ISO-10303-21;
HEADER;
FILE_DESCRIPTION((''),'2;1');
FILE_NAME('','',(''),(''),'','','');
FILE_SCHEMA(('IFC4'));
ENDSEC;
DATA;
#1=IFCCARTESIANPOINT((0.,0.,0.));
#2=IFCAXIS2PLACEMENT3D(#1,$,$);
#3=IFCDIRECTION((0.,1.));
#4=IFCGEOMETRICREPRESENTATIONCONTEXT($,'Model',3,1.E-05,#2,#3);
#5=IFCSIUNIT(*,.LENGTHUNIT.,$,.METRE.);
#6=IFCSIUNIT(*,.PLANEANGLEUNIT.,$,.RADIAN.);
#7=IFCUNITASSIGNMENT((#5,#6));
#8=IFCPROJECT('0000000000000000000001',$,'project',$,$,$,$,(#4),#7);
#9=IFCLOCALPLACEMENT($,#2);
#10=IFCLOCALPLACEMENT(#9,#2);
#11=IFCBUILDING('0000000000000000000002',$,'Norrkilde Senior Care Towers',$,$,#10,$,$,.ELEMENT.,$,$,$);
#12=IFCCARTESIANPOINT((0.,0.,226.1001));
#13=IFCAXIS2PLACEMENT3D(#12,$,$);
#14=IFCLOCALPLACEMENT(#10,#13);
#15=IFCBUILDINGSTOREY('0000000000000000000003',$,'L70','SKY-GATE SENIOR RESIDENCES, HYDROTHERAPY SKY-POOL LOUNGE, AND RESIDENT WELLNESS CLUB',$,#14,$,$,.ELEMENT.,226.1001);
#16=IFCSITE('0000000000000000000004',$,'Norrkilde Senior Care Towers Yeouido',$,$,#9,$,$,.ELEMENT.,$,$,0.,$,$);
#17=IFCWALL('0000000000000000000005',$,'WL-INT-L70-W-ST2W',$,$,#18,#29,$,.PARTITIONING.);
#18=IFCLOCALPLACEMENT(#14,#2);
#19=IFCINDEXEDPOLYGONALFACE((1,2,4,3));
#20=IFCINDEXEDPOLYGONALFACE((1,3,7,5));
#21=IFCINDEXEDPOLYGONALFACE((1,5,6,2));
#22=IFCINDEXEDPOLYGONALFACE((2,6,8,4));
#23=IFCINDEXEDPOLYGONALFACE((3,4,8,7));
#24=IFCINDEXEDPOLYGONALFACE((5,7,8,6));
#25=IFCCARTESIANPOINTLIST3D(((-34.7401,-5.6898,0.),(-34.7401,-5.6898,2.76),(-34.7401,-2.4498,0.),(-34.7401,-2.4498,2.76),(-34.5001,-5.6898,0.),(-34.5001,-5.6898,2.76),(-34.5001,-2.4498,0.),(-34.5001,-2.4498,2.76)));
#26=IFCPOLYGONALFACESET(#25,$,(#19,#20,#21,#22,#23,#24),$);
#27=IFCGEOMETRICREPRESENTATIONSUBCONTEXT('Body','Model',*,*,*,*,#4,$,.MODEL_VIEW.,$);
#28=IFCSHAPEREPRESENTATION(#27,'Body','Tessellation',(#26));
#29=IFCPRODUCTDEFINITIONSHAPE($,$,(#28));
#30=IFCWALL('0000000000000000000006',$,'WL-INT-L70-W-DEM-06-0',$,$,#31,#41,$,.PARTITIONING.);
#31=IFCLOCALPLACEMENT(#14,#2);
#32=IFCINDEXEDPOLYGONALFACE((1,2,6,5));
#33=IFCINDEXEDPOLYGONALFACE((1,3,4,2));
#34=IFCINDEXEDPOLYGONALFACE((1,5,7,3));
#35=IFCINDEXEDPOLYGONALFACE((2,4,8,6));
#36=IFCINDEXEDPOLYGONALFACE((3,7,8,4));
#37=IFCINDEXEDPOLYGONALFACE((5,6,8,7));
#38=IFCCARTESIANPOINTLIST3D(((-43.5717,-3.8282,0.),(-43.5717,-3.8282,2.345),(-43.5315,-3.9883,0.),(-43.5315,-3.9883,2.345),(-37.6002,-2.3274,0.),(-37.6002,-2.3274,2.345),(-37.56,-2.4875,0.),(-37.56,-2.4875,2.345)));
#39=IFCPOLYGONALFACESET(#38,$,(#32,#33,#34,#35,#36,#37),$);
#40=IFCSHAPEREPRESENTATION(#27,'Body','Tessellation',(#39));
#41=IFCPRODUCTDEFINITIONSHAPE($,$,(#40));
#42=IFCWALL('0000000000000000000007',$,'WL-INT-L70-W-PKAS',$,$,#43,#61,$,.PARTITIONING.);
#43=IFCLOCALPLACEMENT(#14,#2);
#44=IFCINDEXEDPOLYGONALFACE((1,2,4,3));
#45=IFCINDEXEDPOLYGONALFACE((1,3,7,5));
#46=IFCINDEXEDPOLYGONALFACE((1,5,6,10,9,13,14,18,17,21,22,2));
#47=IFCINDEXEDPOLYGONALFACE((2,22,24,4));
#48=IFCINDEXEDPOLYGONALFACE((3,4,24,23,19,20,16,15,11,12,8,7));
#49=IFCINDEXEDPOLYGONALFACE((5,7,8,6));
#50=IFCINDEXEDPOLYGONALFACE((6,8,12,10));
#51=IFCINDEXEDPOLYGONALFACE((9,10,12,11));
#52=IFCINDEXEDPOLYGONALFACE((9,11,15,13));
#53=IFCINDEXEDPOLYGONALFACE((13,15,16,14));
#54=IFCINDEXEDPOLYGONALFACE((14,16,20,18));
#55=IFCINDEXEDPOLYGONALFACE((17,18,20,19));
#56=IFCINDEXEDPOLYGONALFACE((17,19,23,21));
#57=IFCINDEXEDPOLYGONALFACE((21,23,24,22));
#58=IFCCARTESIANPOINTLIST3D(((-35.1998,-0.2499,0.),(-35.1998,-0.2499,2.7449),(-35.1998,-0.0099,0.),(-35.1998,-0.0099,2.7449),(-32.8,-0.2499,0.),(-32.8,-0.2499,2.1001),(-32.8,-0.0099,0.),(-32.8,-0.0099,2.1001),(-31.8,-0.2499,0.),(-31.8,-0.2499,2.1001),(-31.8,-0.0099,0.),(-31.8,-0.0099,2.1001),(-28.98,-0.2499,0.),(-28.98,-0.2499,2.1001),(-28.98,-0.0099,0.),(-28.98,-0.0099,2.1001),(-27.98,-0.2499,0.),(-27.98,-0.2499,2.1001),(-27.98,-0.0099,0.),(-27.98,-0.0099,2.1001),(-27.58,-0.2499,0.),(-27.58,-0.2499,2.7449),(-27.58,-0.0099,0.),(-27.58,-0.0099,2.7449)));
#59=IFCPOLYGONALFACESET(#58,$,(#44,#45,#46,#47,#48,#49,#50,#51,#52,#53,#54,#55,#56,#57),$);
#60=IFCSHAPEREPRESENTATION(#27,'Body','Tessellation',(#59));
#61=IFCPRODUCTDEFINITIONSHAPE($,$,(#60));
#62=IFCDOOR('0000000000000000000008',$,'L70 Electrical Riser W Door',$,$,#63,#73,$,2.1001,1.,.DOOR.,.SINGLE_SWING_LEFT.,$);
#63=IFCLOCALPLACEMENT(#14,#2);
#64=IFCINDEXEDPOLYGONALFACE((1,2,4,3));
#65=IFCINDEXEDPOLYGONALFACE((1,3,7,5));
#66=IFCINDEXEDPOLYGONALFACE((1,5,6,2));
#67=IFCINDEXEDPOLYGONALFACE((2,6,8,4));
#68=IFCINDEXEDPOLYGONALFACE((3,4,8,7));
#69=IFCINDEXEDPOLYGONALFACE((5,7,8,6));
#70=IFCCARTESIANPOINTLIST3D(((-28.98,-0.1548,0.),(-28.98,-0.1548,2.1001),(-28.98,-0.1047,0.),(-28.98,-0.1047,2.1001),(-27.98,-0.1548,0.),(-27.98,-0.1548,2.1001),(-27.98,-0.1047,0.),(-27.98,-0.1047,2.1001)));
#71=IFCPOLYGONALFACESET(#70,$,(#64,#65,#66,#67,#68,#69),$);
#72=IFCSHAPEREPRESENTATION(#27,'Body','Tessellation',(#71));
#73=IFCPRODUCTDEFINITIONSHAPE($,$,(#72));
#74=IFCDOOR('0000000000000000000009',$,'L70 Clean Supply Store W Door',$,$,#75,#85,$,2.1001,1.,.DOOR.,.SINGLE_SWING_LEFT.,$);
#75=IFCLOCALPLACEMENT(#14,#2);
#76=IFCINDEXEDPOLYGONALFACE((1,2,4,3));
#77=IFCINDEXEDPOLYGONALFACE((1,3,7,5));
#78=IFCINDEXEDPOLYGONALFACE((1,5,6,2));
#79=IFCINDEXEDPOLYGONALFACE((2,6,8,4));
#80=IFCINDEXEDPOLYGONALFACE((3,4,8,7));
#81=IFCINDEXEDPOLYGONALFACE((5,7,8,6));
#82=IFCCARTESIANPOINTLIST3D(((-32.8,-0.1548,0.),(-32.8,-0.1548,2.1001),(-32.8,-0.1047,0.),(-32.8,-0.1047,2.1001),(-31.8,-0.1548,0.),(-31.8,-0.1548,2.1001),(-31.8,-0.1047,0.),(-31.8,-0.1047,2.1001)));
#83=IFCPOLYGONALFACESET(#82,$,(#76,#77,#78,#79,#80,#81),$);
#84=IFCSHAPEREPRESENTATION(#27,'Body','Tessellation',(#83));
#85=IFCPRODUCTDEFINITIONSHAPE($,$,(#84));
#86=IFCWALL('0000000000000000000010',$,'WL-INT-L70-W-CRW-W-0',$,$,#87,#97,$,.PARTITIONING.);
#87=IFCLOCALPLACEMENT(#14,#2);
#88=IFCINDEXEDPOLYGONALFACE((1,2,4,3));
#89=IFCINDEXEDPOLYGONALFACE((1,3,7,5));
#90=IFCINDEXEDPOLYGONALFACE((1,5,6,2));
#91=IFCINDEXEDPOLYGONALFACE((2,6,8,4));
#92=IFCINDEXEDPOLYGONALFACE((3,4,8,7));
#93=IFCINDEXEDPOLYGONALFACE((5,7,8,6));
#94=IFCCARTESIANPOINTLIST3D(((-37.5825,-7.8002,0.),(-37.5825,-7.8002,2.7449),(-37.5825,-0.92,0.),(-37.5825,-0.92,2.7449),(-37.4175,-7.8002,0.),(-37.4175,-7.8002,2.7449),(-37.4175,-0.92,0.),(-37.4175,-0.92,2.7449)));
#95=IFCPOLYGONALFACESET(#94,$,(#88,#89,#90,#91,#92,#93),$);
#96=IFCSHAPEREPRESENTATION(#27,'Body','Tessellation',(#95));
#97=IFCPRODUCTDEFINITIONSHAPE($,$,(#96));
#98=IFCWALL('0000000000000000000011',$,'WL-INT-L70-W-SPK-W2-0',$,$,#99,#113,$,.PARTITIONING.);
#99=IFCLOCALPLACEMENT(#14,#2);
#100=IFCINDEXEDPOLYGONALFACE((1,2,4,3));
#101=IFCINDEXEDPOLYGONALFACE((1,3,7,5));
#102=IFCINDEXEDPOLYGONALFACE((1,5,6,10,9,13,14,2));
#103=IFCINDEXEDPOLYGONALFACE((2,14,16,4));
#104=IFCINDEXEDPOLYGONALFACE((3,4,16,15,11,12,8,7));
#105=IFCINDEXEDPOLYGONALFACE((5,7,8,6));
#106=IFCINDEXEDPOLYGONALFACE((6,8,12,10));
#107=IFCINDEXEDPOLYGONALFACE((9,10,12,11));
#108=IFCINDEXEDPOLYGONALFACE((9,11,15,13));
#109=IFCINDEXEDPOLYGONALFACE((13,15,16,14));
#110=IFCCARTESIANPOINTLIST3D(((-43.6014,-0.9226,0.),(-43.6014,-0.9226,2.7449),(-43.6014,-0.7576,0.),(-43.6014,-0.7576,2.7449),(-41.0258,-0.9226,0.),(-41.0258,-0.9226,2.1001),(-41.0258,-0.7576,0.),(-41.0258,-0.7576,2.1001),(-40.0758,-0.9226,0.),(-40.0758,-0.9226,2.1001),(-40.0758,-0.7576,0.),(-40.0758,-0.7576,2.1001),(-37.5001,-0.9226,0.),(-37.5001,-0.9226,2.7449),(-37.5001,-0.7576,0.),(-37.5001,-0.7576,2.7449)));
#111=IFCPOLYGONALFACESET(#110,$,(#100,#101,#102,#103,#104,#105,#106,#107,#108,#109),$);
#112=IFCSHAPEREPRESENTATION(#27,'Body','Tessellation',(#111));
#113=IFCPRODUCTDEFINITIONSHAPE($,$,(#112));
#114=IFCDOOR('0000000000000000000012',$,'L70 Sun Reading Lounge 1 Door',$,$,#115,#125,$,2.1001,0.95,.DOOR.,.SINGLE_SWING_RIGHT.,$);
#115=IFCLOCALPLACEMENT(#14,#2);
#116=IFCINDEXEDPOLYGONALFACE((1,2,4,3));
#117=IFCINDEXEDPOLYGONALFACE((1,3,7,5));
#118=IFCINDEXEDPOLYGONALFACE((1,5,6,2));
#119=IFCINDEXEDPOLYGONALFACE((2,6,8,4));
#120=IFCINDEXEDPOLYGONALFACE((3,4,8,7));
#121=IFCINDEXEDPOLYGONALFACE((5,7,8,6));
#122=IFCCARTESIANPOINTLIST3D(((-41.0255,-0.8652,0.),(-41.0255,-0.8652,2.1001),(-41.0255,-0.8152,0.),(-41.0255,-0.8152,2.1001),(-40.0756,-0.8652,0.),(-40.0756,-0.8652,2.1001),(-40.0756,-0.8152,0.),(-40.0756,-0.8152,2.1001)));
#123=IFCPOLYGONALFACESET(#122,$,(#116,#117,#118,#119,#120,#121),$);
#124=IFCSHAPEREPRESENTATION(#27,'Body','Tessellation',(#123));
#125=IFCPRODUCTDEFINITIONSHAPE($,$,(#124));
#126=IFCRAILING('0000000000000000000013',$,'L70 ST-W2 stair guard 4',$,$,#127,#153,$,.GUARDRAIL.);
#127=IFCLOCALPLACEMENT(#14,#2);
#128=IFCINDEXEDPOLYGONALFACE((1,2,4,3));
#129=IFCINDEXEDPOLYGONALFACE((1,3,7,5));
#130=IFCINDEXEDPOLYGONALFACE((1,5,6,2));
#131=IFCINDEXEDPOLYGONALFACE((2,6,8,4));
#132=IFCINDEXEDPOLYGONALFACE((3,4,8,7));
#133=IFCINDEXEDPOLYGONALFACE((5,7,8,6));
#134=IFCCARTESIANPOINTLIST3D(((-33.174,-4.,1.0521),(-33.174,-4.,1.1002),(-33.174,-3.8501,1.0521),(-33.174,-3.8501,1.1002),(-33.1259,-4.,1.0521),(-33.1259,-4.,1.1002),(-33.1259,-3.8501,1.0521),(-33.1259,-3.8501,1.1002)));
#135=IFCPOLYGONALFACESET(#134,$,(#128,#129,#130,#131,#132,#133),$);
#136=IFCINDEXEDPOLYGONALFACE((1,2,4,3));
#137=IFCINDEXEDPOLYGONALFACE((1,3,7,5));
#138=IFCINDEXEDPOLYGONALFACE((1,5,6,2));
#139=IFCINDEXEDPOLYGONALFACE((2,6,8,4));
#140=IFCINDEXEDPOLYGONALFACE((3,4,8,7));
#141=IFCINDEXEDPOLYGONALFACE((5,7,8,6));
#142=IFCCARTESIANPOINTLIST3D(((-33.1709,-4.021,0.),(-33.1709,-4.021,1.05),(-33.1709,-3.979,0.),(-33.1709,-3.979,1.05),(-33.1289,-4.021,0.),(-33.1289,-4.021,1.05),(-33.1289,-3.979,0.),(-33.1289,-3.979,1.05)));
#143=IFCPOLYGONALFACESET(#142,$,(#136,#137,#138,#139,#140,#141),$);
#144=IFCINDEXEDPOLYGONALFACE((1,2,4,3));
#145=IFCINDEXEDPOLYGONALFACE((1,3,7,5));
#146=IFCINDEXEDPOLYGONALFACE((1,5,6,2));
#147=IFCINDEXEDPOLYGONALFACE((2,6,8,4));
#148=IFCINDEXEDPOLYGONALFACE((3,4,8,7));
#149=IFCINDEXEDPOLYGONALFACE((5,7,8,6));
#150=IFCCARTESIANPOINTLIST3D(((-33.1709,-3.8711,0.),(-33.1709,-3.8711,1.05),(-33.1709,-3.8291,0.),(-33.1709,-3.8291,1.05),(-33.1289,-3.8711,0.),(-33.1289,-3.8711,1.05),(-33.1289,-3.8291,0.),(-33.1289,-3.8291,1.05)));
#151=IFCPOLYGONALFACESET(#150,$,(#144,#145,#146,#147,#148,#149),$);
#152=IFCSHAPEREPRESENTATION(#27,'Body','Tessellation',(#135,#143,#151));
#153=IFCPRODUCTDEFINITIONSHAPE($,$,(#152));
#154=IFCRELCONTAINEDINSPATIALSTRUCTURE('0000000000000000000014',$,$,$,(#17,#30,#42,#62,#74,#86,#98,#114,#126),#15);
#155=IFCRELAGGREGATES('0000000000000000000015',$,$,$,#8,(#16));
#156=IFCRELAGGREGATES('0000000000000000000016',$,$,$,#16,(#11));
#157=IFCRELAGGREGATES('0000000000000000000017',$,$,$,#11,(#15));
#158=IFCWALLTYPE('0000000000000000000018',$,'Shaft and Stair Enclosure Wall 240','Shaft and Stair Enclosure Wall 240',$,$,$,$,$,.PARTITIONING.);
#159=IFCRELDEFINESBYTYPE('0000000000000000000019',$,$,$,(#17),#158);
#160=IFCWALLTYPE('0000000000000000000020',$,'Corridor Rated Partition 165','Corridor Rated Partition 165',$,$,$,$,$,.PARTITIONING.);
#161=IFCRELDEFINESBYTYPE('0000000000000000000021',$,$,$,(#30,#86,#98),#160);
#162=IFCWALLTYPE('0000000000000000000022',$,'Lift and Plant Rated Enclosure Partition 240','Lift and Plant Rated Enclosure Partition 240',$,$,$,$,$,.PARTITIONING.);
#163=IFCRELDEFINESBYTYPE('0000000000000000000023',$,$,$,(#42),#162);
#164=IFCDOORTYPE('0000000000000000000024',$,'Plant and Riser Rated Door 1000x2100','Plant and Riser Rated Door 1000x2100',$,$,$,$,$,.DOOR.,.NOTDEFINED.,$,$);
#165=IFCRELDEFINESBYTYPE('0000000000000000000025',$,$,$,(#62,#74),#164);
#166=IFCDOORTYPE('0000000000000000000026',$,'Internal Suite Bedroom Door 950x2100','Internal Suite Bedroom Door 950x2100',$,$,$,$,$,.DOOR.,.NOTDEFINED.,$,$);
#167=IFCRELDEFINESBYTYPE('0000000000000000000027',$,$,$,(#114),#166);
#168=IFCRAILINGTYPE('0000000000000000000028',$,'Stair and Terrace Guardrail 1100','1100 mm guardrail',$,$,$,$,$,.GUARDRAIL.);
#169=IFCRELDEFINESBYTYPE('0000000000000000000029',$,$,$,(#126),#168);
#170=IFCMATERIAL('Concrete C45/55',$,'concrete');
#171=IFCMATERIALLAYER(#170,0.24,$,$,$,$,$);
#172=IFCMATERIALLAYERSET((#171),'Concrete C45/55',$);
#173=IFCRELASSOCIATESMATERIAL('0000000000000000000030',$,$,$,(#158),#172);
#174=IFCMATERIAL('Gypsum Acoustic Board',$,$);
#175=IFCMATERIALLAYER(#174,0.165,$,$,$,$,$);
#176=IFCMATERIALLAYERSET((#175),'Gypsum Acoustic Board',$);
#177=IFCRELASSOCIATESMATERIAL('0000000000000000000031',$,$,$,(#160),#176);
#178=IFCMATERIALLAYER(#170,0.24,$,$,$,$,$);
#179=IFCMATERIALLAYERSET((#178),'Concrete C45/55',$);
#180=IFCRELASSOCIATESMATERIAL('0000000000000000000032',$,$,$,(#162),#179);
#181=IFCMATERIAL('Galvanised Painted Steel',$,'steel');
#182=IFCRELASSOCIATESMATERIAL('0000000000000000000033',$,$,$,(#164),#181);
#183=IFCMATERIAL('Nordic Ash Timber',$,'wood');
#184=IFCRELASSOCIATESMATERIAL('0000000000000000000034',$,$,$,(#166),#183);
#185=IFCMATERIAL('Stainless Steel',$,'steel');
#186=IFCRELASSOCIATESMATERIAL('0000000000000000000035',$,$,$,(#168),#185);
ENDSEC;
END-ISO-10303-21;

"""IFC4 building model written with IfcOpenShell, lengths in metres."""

from ifc_helpers import new_model, si_unit, direction, frame, frame_2d, origin, origin_2d, place, context, subcontext, project, spatial, rectangle, extrude, source, transform, mapped, material, layer, layer_set, type_object, type_shapes, element, fill, save


model = new_model("IFC4")

# Units and contexts
model_context = context("Model", 3, precision=1e-05, world=origin(), true_north=direction((0.0, 1.0)))
body_context = subcontext(model_context, "Body", "Model", "MODEL_VIEW")
ifc_project = project(units=[si_unit("LENGTHUNIT", "METRE"), si_unit("PLANEANGLEUNIT", "RADIAN")], contexts=[model_context])

# Site, building, storey
site_placement = place(None, origin())
site = spatial("IfcSite", under=ifc_project, at=site_placement, Name="Norrkilde Senior Care Towers Yeouido", CompositionType="ELEMENT", RefElevation=0.0)
building_placement = place(site_placement, origin())
building = spatial("IfcBuilding", under=site, at=building_placement, Name="Norrkilde Senior Care Towers", CompositionType="ELEMENT")
storey_placement = place(building_placement, frame((0.0, 0.0, 226.1001)))
storey = spatial("IfcBuildingStorey", under=building, at=storey_placement, Name="L70", Description="SKY-GATE SENIOR RESIDENCES, HYDROTHERAPY SKY-POOL LOUNGE, AND RESIDENT WELLNESS CLUB", CompositionType="ELEMENT", Elevation=226.1001)

# Shared definitions
ifc_material_1 = material(Name="Galvanised Painted Steel", Category="steel")
ifc_material_2 = material(Name="Concrete C45/55", Category="concrete")
ifc_layer_1 = layer(ifc_material_2, 0.24)
ifc_layer_set_1 = layer_set([ifc_layer_1], Name="Concrete C45/55")
wall_type_1 = type_object("IfcWallType", Name="Shaft and Stair Enclosure Wall 240", Description="Shaft and Stair Enclosure Wall 240", PredefinedType="PARTITIONING", material=ifc_layer_set_1)

# Walls
shared_shape_1 = source(origin(), body_context, "Body", "SweptSolid", [
    extrude(rectangle(XDim=3.24, YDim=0.24, at=frame_2d((1.6201, 0.0))), origin(), (0.0, 0.0, 1.0), 2.76),
])
wall_1_placement = place(storey_placement, frame((-34.6201, -5.6899, 0.0), z_axis=(0.0, 0.0, 1.0), x_axis=(0.0, 1.0, 0.0)))
element("IfcWall", 1, at=wall_1_placement, inside=storey, type_object=wall_type_1, Name="WL-INT-L70-W-ST2W", PredefinedType="PARTITIONING", context=body_context, shape_type="MappedRepresentation", body=[
    mapped(shared_shape_1, transform((0.0, 0.0, 0.0), x_axis=(1.0, 0.0, 0.0), y_axis=(0.0, 1.0, 0.0), z_axis=(0.0, 0.0, 1.0), scale=1.0)),
])
ifc_material_3 = material(Name="Gypsum Acoustic Board")
ifc_layer_2 = layer(ifc_material_3, 0.165)
ifc_layer_set_2 = layer_set([ifc_layer_2], Name="Gypsum Acoustic Board")
wall_type_2 = type_object("IfcWallType", Name="Corridor Rated Partition 165", Description="Corridor Rated Partition 165", PredefinedType="PARTITIONING", material=ifc_layer_set_2)
shared_shape_2 = source(origin(), body_context, "Body", "SweptSolid", [
    extrude(rectangle(XDim=6.1572, YDim=0.165, at=frame_2d((3.0786, 0.0))), origin(), (0.0, 0.0, 1.0), 2.345),
])
wall_2_placement = place(storey_placement, frame((-37.5801, -2.4075, 0.0), z_axis=(0.0, 0.0, 1.0), x_axis=(-0.969841, -0.243739, 0.0)))
element("IfcWall", 2, at=wall_2_placement, inside=storey, type_object=wall_type_2, Name="WL-INT-L70-W-DEM-06-0", PredefinedType="PARTITIONING", context=body_context, shape_type="MappedRepresentation", body=[
    mapped(shared_shape_2, transform((0.0, 0.0, 0.0), x_axis=(1.0, 0.0, 0.0), y_axis=(0.0, 1.0, 0.0), z_axis=(0.0, 0.0, 1.0), scale=1.0)),
])

# Wall, openings, doors
ifc_layer_3 = layer(ifc_material_2, 0.24)
ifc_layer_set_3 = layer_set([ifc_layer_3], Name="Concrete C45/55")
wall_type_3 = type_object("IfcWallType", Name="Lift and Plant Rated Enclosure Partition 240", Description="Lift and Plant Rated Enclosure Partition 240", PredefinedType="PARTITIONING", material=ifc_layer_set_3)
shared_shape_3 = source(origin(), body_context, "Body", "SweptSolid", [
    extrude(rectangle(XDim=7.6199, YDim=0.24, at=frame_2d((3.8101, 0.0))), origin(), (0.0, 0.0, 1.0), 2.7449),
])
type_shapes(wall_type_3, [shared_shape_3])
wall_3_placement = place(storey_placement, frame((-35.2, -0.1299, 0.0), z_axis=(0.0, 0.0, 1.0), x_axis=(1.0, 0.0, 0.0)))
wall_3 = element("IfcWall", 3, at=wall_3_placement, inside=storey, type_object=wall_type_3, Name="WL-INT-L70-W-PKAS", PredefinedType="PARTITIONING", context=body_context, shape_type="MappedRepresentation", body=[
    mapped(shared_shape_3, transform((0.0, 0.0, 0.0), x_axis=(1.0, 0.0, 0.0), y_axis=(0.0, 1.0, 0.0), z_axis=(0.0, 0.0, 1.0), scale=1.0)),
])
opening_1_placement = place(wall_3_placement, frame((6.22, 0.0, 0.0)))
opening_1 = element("IfcOpeningElement", 4, at=opening_1_placement, cuts=wall_3, PredefinedType="OPENING", context=body_context, shape_type="SweptSolid", body=[
    extrude(rectangle(XDim=1.0, YDim=2.1001, at=frame_2d((0.5, 1.05))), frame((0.0, 0.1299, 0.0), z_axis=(0.0, -1.0, 0.0), x_axis=(1.0, 0.0, 0.0)), (0.0, 0.0, 1.0), 0.26),
])
opening_2_placement = place(wall_3_placement, frame((2.3999, 0.0, 0.0)))
opening_2 = element("IfcOpeningElement", 5, at=opening_2_placement, cuts=wall_3, PredefinedType="OPENING", context=body_context, shape_type="SweptSolid", body=[
    extrude(rectangle(XDim=1.0, YDim=2.1001, at=frame_2d((0.5, 1.05))), frame((0.0, 0.1299, 0.0), z_axis=(0.0, -1.0, 0.0), x_axis=(1.0, 0.0, 0.0)), (0.0, 0.0, 1.0), 0.26),
])
door_type_1 = type_object("IfcDoorType", Name="Plant and Riser Rated Door 1000x2100", Description="Plant and Riser Rated Door 1000x2100", OperationType="NOTDEFINED", PredefinedType="DOOR", material=ifc_material_1)
shared_shape_4 = source(origin(), body_context, "Body", "SweptSolid", [
    extrude(rectangle(XDim=1.0, YDim=2.1001, at=frame_2d((0.5, 1.05))), frame((0.0, 0.0249, 0.0), z_axis=(0.0, -1.0, 0.0), x_axis=(1.0, 0.0, 0.0)), (0.0, 0.0, 1.0), 0.05),
])
type_shapes(door_type_1, [shared_shape_4])
door_1_placement = place(opening_1_placement, frame((1.0, 0.0, 0.0), z_axis=(0.0, 0.0, 1.0), x_axis=(-1.0, 0.0, 0.0)))
door_1 = element("IfcDoor", 6, at=door_1_placement, inside=storey, type_object=door_type_1, Name="L70 Electrical Riser W Door", OperationType="SINGLE_SWING_LEFT", OverallHeight=2.1001, OverallWidth=1.0, PredefinedType="DOOR", context=body_context, shape_type="MappedRepresentation", body=[
    mapped(shared_shape_4, transform((0.0, 0.0, 0.0), x_axis=(1.0, 0.0, 0.0), y_axis=(0.0, 1.0, 0.0), z_axis=(0.0, 0.0, 1.0), scale=1.0)),
])
fill(opening_1, door_1)
door_2_placement = place(opening_2_placement, frame((1.0, 0.0, 0.0), z_axis=(0.0, 0.0, 1.0), x_axis=(-1.0, 0.0, 0.0)))
door_2 = element("IfcDoor", 7, at=door_2_placement, inside=storey, type_object=door_type_1, Name="L70 Clean Supply Store W Door", OperationType="SINGLE_SWING_LEFT", OverallHeight=2.1001, OverallWidth=1.0, PredefinedType="DOOR", context=body_context, shape_type="MappedRepresentation", body=[
    mapped(shared_shape_4, transform((0.0, 0.0, 0.0), x_axis=(1.0, 0.0, 0.0), y_axis=(0.0, 1.0, 0.0), z_axis=(0.0, 0.0, 1.0), scale=1.0)),
])
fill(opening_2, door_2)

# Wall
shared_shape_5 = source(origin(), body_context, "Body", "SweptSolid", [
    extrude(rectangle(XDim=6.8801, YDim=0.165, at=frame_2d((3.4399, 0.0))), origin(), (0.0, 0.0, 1.0), 2.7449),
])
wall_4_placement = place(storey_placement, frame((-37.5, -7.8, 0.0), z_axis=(0.0, 0.0, 1.0), x_axis=(0.0, 1.0, 0.0)))
element("IfcWall", 8, at=wall_4_placement, inside=storey, type_object=wall_type_2, Name="WL-INT-L70-W-CRW-W-0", PredefinedType="PARTITIONING", context=body_context, shape_type="MappedRepresentation", body=[
    mapped(shared_shape_5, transform((0.0, 0.0, 0.0), x_axis=(1.0, 0.0, 0.0), y_axis=(0.0, 1.0, 0.0), z_axis=(0.0, 0.0, 1.0), scale=1.0)),
])

# Wall, opening, door
shared_shape_6 = source(origin(), body_context, "Body", "SweptSolid", [
    extrude(rectangle(XDim=6.1013, YDim=0.165, at=frame_2d((3.0508, 0.0))), origin(), (0.0, 0.0, 1.0), 2.7449),
])
type_shapes(wall_type_2, [shared_shape_2, shared_shape_5, shared_shape_6])
wall_5_placement = place(storey_placement, frame((-37.5, -0.8401, 0.0), z_axis=(0.0, 0.0, 1.0), x_axis=(-1.0, 0.0, 0.0)))
wall_5 = element("IfcWall", 9, at=wall_5_placement, inside=storey, type_object=wall_type_2, Name="WL-INT-L70-W-SPK-W2-0", PredefinedType="PARTITIONING", context=body_context, shape_type="MappedRepresentation", body=[
    mapped(shared_shape_6, transform((0.0, 0.0, 0.0), x_axis=(1.0, 0.0, 0.0), y_axis=(0.0, 1.0, 0.0), z_axis=(0.0, 0.0, 1.0), scale=1.0)),
])
opening_3_placement = place(wall_5_placement, frame((2.5757, 0.0, 0.0)))
opening_3 = element("IfcOpeningElement", 10, at=opening_3_placement, cuts=wall_5, PredefinedType="OPENING", context=body_context, shape_type="SweptSolid", body=[
    extrude(rectangle(XDim=0.95, YDim=2.1001, at=frame_2d((0.4751, 1.05))), frame((0.0, 0.0925, 0.0), z_axis=(0.0, -1.0, 0.0), x_axis=(1.0, 0.0, 0.0)), (0.0, 0.0, 1.0), 0.1851),
])
ifc_material_4 = material(Name="Nordic Ash Timber", Category="wood")
door_type_2 = type_object("IfcDoorType", Name="Internal Suite Bedroom Door 950x2100", Description="Internal Suite Bedroom Door 950x2100", OperationType="NOTDEFINED", PredefinedType="DOOR", material=ifc_material_4)
shared_shape_7 = source(origin(), body_context, "Body", "SweptSolid", [
    extrude(rectangle(XDim=0.95, YDim=2.1001, at=frame_2d((0.4751, 1.05))), frame((0.0, 0.0249, 0.0), z_axis=(0.0, -1.0, 0.0), x_axis=(1.0, 0.0, 0.0)), (0.0, 0.0, 1.0), 0.05),
])
type_shapes(door_type_2, [shared_shape_7])
door_3_placement = place(opening_3_placement, frame((0.95, 0.0, 0.0), z_axis=(0.0, 0.0, 1.0), x_axis=(-1.0, 0.0, 0.0)))
door_3 = element("IfcDoor", 11, at=door_3_placement, inside=storey, type_object=door_type_2, Name="L70 Sun Reading Lounge 1 Door", OperationType="SINGLE_SWING_RIGHT", OverallHeight=2.1001, OverallWidth=0.95, PredefinedType="DOOR", context=body_context, shape_type="MappedRepresentation", body=[
    mapped(shared_shape_7, transform((0.0, 0.0, 0.0), x_axis=(1.0, 0.0, 0.0), y_axis=(0.0, 1.0, 0.0), z_axis=(0.0, 0.0, 1.0), scale=1.0)),
])
fill(opening_3, door_3)

# Railing
ifc_material_5 = material(Name="Stainless Steel", Category="steel")
railing_type = type_object("IfcRailingType", Name="Stair and Terrace Guardrail 1100", Description="1100 mm guardrail", PredefinedType="GUARDRAIL", material=ifc_material_5)
railing_placement = place(storey_placement, frame((-33.1499, -4.0, 0.0)))
element("IfcRailing", 12, at=railing_placement, inside=storey, type_object=railing_type, Name="L70 ST-W2 stair guard 4", PredefinedType="GUARDRAIL", context=body_context, shape_type="SweptSolid", body=[
    extrude(rectangle(XDim=0.0481, YDim=0.0481, at=origin_2d()), frame((0.0, 0.0, 1.0762), z_axis=(0.0, 1.0, 0.0), x_axis=(-1.0, 0.0, 0.0)), (0.0, 0.0, 1.0), 0.1499),
    extrude(rectangle(XDim=0.042, YDim=0.042, at=origin_2d()), origin(), (0.0, 0.0, 1.0), 1.05),
    extrude(rectangle(XDim=0.042, YDim=0.042, at=origin_2d()), frame((0.0, 0.1499, 0.0)), (0.0, 0.0, 1.0), 1.05),
])

save(model, "model.ifc")
